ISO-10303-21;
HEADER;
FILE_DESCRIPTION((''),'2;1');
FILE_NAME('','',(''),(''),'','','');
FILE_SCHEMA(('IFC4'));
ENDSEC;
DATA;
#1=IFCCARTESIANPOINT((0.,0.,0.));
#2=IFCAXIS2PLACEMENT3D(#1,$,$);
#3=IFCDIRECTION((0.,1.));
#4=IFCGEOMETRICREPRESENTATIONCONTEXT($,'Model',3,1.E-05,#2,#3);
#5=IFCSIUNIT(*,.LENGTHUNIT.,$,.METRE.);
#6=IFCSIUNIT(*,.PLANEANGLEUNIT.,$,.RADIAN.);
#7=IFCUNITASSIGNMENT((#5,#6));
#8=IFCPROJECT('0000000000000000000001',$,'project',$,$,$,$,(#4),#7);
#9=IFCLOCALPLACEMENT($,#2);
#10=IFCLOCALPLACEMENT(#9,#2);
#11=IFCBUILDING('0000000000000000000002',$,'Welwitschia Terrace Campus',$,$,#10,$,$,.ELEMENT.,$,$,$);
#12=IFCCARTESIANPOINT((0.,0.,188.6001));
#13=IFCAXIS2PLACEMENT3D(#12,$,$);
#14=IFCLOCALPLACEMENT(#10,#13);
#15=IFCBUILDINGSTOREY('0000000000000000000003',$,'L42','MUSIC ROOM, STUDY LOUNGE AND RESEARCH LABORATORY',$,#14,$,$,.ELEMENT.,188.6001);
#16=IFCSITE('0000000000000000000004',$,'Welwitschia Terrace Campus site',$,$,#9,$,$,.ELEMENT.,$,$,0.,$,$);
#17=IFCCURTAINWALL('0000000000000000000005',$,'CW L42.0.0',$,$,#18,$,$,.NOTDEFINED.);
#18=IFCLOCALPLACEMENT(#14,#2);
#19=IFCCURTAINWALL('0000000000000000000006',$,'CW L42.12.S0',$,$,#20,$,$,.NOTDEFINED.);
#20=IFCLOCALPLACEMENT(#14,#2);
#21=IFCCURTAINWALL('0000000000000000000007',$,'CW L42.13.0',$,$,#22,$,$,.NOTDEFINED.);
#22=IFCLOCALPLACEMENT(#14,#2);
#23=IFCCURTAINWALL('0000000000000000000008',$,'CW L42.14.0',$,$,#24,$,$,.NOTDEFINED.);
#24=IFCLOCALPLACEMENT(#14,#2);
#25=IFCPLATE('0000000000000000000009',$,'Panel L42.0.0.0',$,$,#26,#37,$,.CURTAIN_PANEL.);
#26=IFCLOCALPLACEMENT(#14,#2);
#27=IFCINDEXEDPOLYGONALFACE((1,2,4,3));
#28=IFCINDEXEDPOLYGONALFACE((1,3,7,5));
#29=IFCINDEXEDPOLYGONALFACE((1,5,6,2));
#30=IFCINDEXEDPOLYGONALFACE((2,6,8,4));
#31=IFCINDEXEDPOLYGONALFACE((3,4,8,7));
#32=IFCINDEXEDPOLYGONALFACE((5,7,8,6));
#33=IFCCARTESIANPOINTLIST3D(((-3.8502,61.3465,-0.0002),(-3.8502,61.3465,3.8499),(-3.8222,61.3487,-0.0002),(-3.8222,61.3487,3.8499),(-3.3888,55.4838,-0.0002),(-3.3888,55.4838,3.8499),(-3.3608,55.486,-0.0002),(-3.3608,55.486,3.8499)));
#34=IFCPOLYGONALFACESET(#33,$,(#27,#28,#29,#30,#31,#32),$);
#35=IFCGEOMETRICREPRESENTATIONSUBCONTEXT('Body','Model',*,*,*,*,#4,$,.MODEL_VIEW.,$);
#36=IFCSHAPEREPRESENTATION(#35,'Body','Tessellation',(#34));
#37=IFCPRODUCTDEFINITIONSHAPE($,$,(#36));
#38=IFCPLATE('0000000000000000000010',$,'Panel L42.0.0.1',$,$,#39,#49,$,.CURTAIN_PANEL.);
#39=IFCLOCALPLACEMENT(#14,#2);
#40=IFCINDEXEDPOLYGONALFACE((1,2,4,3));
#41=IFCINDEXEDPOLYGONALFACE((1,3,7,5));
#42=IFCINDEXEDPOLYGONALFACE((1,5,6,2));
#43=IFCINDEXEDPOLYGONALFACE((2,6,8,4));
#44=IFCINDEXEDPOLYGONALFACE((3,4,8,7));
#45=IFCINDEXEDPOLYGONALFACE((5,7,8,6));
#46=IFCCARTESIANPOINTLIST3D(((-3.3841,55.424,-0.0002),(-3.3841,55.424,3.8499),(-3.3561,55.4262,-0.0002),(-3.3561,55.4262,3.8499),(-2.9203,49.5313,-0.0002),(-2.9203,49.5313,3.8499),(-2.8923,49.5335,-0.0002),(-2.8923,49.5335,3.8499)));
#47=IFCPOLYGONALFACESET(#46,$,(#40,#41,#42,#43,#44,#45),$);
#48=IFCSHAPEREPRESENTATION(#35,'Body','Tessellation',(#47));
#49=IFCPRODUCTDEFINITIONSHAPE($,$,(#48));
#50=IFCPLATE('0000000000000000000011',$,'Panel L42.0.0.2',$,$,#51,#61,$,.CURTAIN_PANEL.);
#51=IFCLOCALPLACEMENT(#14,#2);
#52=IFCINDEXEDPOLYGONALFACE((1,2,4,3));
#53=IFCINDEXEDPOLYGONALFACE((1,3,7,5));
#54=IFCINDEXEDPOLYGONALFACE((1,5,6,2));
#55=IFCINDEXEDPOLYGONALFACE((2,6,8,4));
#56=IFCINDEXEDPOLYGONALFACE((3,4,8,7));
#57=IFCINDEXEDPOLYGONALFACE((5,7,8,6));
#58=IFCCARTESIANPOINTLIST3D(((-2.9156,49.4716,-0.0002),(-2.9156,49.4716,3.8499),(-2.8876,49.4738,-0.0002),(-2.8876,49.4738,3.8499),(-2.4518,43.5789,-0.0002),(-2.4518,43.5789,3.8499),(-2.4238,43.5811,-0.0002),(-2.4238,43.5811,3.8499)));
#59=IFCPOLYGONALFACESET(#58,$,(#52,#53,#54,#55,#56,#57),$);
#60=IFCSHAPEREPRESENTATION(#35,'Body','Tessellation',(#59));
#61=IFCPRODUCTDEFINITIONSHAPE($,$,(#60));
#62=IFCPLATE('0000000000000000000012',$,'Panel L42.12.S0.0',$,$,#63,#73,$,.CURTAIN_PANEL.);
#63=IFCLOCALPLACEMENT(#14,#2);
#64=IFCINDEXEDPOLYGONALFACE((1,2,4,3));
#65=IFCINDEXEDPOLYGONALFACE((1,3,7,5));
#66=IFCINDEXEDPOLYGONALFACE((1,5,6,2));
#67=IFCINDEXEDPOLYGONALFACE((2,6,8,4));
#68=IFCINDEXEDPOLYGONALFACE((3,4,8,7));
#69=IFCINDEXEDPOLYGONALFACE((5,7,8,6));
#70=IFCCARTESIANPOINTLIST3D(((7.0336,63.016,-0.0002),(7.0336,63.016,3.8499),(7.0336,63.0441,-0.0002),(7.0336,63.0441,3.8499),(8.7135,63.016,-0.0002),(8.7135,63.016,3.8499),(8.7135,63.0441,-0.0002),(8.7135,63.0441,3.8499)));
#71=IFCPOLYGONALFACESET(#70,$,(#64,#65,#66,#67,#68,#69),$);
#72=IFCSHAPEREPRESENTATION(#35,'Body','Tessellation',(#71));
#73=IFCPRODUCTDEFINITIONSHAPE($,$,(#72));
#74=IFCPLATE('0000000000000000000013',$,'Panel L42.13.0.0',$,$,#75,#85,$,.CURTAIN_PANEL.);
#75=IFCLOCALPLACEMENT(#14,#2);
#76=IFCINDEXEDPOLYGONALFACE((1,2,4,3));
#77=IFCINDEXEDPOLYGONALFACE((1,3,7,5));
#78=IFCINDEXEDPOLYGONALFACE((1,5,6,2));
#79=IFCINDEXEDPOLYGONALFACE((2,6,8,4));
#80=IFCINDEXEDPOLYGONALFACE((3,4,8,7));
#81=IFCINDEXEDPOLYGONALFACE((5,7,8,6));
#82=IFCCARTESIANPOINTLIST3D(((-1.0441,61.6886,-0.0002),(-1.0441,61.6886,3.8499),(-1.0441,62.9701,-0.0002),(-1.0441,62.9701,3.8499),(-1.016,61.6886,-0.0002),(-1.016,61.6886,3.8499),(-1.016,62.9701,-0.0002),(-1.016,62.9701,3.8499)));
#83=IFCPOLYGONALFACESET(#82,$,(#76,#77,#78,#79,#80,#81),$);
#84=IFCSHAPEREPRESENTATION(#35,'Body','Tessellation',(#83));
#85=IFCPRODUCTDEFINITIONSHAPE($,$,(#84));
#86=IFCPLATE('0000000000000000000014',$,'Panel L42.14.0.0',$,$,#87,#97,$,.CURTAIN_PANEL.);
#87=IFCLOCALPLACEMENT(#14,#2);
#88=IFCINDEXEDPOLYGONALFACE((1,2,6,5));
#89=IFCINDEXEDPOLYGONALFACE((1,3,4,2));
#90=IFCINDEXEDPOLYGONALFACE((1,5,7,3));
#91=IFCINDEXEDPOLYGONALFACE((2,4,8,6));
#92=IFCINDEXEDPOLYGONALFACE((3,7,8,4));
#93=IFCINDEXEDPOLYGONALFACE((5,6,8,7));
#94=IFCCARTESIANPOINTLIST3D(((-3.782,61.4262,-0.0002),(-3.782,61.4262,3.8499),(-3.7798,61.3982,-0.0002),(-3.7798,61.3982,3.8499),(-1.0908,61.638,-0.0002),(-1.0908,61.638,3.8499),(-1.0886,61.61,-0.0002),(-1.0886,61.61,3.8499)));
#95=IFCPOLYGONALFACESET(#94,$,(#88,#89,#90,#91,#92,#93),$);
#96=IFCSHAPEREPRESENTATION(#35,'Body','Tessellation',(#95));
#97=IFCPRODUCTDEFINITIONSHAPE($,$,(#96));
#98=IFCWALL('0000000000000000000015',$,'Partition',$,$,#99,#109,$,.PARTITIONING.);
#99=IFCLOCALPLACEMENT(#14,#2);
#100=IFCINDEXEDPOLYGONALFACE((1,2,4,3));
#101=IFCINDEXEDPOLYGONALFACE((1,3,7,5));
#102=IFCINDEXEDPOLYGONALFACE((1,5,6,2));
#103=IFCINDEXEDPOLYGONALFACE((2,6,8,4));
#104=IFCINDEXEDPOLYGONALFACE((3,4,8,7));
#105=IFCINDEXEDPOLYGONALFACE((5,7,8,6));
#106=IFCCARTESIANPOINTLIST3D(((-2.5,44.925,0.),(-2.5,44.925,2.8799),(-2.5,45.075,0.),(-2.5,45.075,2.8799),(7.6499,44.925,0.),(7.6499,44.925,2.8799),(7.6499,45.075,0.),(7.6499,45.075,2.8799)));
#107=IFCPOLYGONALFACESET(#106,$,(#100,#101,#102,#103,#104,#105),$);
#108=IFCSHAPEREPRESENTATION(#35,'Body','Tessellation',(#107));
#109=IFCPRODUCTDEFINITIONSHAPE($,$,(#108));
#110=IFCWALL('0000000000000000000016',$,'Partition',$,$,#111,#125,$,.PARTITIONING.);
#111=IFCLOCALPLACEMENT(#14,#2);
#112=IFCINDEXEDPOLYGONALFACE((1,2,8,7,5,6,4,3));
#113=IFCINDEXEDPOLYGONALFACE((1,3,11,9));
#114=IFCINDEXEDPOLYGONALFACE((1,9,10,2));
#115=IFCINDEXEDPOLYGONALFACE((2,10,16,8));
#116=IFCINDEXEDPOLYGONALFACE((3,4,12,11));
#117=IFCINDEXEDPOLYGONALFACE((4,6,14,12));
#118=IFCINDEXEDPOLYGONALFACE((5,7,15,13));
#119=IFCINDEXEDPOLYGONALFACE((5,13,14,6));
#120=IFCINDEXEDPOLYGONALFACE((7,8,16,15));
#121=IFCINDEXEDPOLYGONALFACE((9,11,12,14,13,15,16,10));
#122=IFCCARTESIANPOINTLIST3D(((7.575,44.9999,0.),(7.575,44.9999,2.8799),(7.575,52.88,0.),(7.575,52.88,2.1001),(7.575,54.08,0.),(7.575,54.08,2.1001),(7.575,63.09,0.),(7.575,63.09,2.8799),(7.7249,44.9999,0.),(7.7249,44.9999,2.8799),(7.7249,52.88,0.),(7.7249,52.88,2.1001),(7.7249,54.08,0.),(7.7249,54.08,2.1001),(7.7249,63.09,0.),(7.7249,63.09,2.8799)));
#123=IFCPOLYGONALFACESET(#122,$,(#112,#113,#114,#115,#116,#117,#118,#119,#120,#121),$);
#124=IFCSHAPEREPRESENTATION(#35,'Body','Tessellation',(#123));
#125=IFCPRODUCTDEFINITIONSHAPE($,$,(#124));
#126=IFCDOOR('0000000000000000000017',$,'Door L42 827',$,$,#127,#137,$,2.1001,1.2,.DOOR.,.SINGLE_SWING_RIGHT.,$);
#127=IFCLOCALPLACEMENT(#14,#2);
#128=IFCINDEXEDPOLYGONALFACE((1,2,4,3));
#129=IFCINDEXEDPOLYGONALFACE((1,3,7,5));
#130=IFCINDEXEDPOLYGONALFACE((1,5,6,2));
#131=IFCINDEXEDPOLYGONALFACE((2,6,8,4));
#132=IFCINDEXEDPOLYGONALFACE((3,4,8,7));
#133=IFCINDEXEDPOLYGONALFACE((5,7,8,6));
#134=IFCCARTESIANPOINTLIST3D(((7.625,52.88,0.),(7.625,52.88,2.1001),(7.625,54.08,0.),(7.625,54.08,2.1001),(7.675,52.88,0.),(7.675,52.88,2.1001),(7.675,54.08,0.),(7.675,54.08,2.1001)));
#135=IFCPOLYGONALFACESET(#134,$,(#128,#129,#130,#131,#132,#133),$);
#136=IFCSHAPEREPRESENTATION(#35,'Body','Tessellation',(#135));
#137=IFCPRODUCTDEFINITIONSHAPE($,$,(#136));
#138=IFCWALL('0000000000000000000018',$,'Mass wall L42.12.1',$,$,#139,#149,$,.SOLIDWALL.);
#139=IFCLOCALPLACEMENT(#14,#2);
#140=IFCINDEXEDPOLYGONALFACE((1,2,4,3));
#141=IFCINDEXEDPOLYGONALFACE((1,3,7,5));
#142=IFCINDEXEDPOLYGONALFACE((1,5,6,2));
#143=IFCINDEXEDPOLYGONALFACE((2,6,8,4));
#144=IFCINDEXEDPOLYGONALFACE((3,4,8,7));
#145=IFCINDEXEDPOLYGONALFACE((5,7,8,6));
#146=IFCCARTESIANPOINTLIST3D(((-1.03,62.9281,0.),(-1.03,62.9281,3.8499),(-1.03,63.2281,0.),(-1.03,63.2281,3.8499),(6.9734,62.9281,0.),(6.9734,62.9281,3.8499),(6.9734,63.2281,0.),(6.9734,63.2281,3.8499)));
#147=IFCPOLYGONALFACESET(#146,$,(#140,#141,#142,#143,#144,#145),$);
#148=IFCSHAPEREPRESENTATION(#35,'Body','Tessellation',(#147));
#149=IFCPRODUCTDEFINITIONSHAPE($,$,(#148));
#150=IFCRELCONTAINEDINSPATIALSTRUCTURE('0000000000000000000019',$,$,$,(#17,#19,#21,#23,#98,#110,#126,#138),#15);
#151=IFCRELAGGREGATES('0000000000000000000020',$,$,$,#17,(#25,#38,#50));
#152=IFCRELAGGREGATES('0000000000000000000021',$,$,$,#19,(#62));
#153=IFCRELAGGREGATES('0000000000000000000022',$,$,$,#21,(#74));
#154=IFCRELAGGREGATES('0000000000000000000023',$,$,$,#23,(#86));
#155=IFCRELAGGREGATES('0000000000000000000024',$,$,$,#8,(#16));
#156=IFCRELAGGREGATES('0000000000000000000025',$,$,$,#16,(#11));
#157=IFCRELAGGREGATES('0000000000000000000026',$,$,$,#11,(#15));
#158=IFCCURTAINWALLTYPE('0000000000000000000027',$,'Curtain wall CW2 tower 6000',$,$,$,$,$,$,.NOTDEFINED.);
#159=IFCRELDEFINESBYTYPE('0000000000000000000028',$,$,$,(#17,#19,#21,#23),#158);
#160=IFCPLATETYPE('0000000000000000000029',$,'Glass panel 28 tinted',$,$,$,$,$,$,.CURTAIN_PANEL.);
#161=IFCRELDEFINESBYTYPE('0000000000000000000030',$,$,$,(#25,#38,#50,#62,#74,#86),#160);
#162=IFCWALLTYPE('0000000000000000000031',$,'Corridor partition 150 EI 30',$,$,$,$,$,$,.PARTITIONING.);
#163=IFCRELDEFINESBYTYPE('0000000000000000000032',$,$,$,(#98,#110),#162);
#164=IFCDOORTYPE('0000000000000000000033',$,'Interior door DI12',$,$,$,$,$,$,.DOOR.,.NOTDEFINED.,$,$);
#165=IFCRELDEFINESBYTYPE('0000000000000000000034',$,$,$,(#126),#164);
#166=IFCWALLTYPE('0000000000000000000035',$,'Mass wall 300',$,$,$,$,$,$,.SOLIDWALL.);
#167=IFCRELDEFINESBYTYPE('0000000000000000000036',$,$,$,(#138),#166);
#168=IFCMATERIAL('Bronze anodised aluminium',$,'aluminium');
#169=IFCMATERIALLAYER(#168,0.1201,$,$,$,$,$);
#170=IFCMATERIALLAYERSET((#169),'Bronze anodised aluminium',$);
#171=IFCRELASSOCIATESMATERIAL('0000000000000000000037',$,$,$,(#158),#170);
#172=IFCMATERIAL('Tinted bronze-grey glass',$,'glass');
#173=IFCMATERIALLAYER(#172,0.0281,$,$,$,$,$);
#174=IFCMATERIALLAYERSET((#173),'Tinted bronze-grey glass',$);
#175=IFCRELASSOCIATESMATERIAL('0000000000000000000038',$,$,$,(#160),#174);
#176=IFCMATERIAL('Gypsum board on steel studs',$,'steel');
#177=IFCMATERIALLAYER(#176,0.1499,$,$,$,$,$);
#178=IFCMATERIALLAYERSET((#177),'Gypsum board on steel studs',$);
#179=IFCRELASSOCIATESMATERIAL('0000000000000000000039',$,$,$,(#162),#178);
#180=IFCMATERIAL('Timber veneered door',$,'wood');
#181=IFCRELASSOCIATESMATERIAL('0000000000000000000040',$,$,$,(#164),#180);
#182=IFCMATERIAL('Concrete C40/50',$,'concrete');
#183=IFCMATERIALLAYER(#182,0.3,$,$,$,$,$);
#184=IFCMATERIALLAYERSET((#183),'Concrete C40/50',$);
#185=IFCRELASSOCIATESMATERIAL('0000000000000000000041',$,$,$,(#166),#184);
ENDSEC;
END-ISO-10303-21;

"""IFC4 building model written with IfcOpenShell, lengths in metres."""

from ifc_helpers import new_model, si_unit, direction, frame, frame_2d, origin, origin_2d, place, context, subcontext, project, spatial, rectangle, extrude, material, layer, layer_set, type_object, element, fill, aggregate, save


model = new_model("IFC4")

# Units and contexts
model_context = context("Model", 3, precision=1e-05, world=origin(), true_north=direction((0.0, 1.0)))
body_context = subcontext(model_context, "Body", "Model", "MODEL_VIEW")
ifc_project = project(units=[si_unit("LENGTHUNIT", "METRE"), si_unit("PLANEANGLEUNIT", "RADIAN")], contexts=[model_context])

# Site, building, storey
site_placement = place(None, origin())
site = spatial("IfcSite", under=ifc_project, at=site_placement, Name="Welwitschia Terrace Campus site", CompositionType="ELEMENT", RefElevation=0.0)
building_placement = place(site_placement, origin())
building = spatial("IfcBuilding", under=site, at=building_placement, Name="Welwitschia Terrace Campus", CompositionType="ELEMENT")
storey_placement = place(building_placement, frame((0.0, 0.0, 188.6001)))
storey = spatial("IfcBuildingStorey", under=building, at=storey_placement, Name="L42", Description="MUSIC ROOM, STUDY LOUNGE AND RESEARCH LABORATORY", CompositionType="ELEMENT", Elevation=188.6001)

# Curtain walls
ifc_material_1 = material(Name="Bronze anodised aluminium", Category="aluminium")
ifc_layer_1 = layer(ifc_material_1, 0.1201)
ifc_layer_set_1 = layer_set([ifc_layer_1], Name="Bronze anodised aluminium")
curtain_wall_type = type_object("IfcCurtainWallType", Name="Curtain wall CW2 tower 6000", PredefinedType="NOTDEFINED", material=ifc_layer_set_1)
curtain_wall_1_placement = place(storey_placement, origin())
curtain_wall_1 = element("IfcCurtainWall", 1, at=curtain_wall_1_placement, inside=storey, type_object=curtain_wall_type, Name="CW L42.0.0", PredefinedType="NOTDEFINED")
curtain_wall_2_placement = place(storey_placement, origin())
curtain_wall_2 = element("IfcCurtainWall", 2, at=curtain_wall_2_placement, inside=storey, type_object=curtain_wall_type, Name="CW L42.12.S0", PredefinedType="NOTDEFINED")
curtain_wall_3_placement = place(storey_placement, origin())
curtain_wall_3 = element("IfcCurtainWall", 3, at=curtain_wall_3_placement, inside=storey, type_object=curtain_wall_type, Name="CW L42.13.0", PredefinedType="NOTDEFINED")
curtain_wall_4_placement = place(storey_placement, origin())
curtain_wall_4 = element("IfcCurtainWall", 4, at=curtain_wall_4_placement, inside=storey, type_object=curtain_wall_type, Name="CW L42.14.0", PredefinedType="NOTDEFINED")

# Plates
ifc_material_2 = material(Name="Tinted bronze-grey glass", Category="glass")
ifc_layer_2 = layer(ifc_material_2, 0.0281)
ifc_layer_set_2 = layer_set([ifc_layer_2], Name="Tinted bronze-grey glass")
plate_type = type_object("IfcPlateType", Name="Glass panel 28 tinted", PredefinedType="CURTAIN_PANEL", material=ifc_layer_set_2)
plate_1_placement = place(storey_placement, frame((-3.6055, 58.4163, -0.0002), z_axis=(0.0, 0.0, 1.0), x_axis=(0.078459, -0.996917, 0.0)))
plate_1 = element("IfcPlate", 5, at=plate_1_placement, type_object=plate_type, Name="Panel L42.0.0.0", PredefinedType="CURTAIN_PANEL", context=body_context, shape_type="SweptSolid", body=[
    extrude(rectangle(XDim=5.8809, YDim=0.0281, at=origin_2d()), origin(), (0.0, 0.0, 1.0), 3.8501),
])
plate_2_placement = place(storey_placement, frame((-3.1382, 52.4788, -0.0002), z_axis=(0.0, 0.0, 1.0), x_axis=(0.078459, -0.996917, 0.0)))
plate_2 = element("IfcPlate", 6, at=plate_2_placement, type_object=plate_type, Name="Panel L42.0.0.1", PredefinedType="CURTAIN_PANEL", context=body_context, shape_type="SweptSolid", body=[
    extrude(rectangle(XDim=5.9109, YDim=0.0281, at=origin_2d()), origin(), (0.0, 0.0, 1.0), 3.8501),
])
plate_3_placement = place(storey_placement, frame((-2.6697, 46.5264, -0.0002), z_axis=(0.0, 0.0, 1.0), x_axis=(0.078459, -0.996917, 0.0)))
plate_3 = element("IfcPlate", 7, at=plate_3_placement, type_object=plate_type, Name="Panel L42.0.0.2", PredefinedType="CURTAIN_PANEL", context=body_context, shape_type="SweptSolid", body=[
    extrude(rectangle(XDim=5.9109, YDim=0.0281, at=origin_2d()), origin(), (0.0, 0.0, 1.0), 3.8501),
])
aggregate(curtain_wall_1, [plate_1, plate_2, plate_3])
plate_4_placement = place(storey_placement, frame((7.8735, 63.03, -0.0002), z_axis=(0.0, 0.0, 1.0), x_axis=(-1.0, 0.0, 0.0)))
plate_4 = element("IfcPlate", 8, at=plate_4_placement, type_object=plate_type, Name="Panel L42.12.S0.0", PredefinedType="CURTAIN_PANEL", context=body_context, shape_type="SweptSolid", body=[
    extrude(rectangle(XDim=1.6799, YDim=0.0281, at=origin_2d()), origin(), (0.0, 0.0, 1.0), 3.8501),
])
aggregate(curtain_wall_2, [plate_4])
plate_5_placement = place(storey_placement, frame((-1.03, 62.3293, -0.0002), z_axis=(0.0, 0.0, 1.0), x_axis=(0.0, -1.0, 0.0)))
plate_5 = element("IfcPlate", 9, at=plate_5_placement, type_object=plate_type, Name="Panel L42.13.0.0", PredefinedType="CURTAIN_PANEL", context=body_context, shape_type="SweptSolid", body=[
    extrude(rectangle(XDim=1.2815, YDim=0.0281, at=origin_2d()), origin(), (0.0, 0.0, 1.0), 3.8501),
])
aggregate(curtain_wall_3, [plate_5])
plate_6_placement = place(storey_placement, frame((-2.4353, 61.5181, -0.0002), z_axis=(0.0, 0.0, 1.0), x_axis=(-0.996917, -0.078459, 0.0)))
plate_6 = element("IfcPlate", 10, at=plate_6_placement, type_object=plate_type, Name="Panel L42.14.0.0", PredefinedType="CURTAIN_PANEL", context=body_context, shape_type="SweptSolid", body=[
    extrude(rectangle(XDim=2.6995, YDim=0.0281, at=origin_2d()), origin(), (0.0, 0.0, 1.0), 3.8501),
])
aggregate(curtain_wall_4, [plate_6])

# Wall
ifc_material_3 = material(Name="Gypsum board on steel studs", Category="steel")
ifc_layer_3 = layer(ifc_material_3, 0.1499)
ifc_layer_set_3 = layer_set([ifc_layer_3], Name="Gypsum board on steel studs")
wall_type_1 = type_object("IfcWallType", Name="Corridor partition 150 EI 30", PredefinedType="PARTITIONING", material=ifc_layer_set_3)
wall_1_placement = place(storey_placement, frame((-2.5, 45.0, 0.0), z_axis=(0.0, 0.0, 1.0), x_axis=(1.0, 0.0, 0.0)))
element("IfcWall", 11, at=wall_1_placement, inside=storey, type_object=wall_type_1, Name="Partition", PredefinedType="PARTITIONING", context=body_context, shape_type="SweptSolid", body=[
    extrude(rectangle(XDim=10.1499, YDim=0.1499, at=frame_2d((5.075, 0.0))), origin(), (0.0, 0.0, 1.0), 2.8799),
])

# Wall, opening, door
wall_2_placement = place(storey_placement, frame((7.6499, 45.0, 0.0), z_axis=(0.0, 0.0, 1.0), x_axis=(0.0, 1.0, 0.0)))
wall_2 = element("IfcWall", 12, at=wall_2_placement, inside=storey, type_object=wall_type_1, Name="Partition", PredefinedType="PARTITIONING", context=body_context, shape_type="SweptSolid", body=[
    extrude(rectangle(XDim=18.0901, YDim=0.1499, at=frame_2d((9.0449, 0.0))), origin(), (0.0, 0.0, 1.0), 2.8799),
])
opening_placement = place(wall_2_placement, frame((7.8799, 0.0, 0.0)))
opening = element("IfcOpeningElement", 13, at=opening_placement, cuts=wall_2, PredefinedType="OPENING", context=body_context, shape_type="SweptSolid", body=[
    extrude(rectangle(XDim=1.2, YDim=2.1001, at=frame_2d((0.6001, 1.05))), frame((0.0, 0.085, 0.0), z_axis=(0.0, -1.0, 0.0), x_axis=(1.0, 0.0, 0.0)), (0.0, 0.0, 1.0), 0.1699),
])
ifc_material_4 = material(Name="Timber veneered door", Category="wood")
door_type = type_object("IfcDoorType", Name="Interior door DI12", OperationType="NOTDEFINED", PredefinedType="DOOR", material=ifc_material_4)
door_placement = place(opening_placement, origin())
door = element("IfcDoor", 14, at=door_placement, inside=storey, type_object=door_type, Name="Door L42 827", OperationType="SINGLE_SWING_RIGHT", OverallHeight=2.1001, OverallWidth=1.2, PredefinedType="DOOR", context=body_context, shape_type="SweptSolid", body=[
    extrude(rectangle(XDim=1.2, YDim=2.1001, at=frame_2d((0.6001, 1.05))), frame((0.0, 0.0249, 0.0), z_axis=(0.0, -1.0, 0.0), x_axis=(1.0, 0.0, 0.0)), (0.0, 0.0, 1.0), 0.05),
])
fill(opening, door)

# Wall
ifc_material_5 = material(Name="Concrete C40/50", Category="concrete")
ifc_layer_4 = layer(ifc_material_5, 0.3)
ifc_layer_set_4 = layer_set([ifc_layer_4], Name="Concrete C40/50")
wall_type_2 = type_object("IfcWallType", Name="Mass wall 300", PredefinedType="SOLIDWALL", material=ifc_layer_set_4)
wall_3_placement = place(storey_placement, frame((6.9734, 63.0781, 0.0), z_axis=(0.0, 0.0, 1.0), x_axis=(-1.0, 0.0, 0.0)))
element("IfcWall", 15, at=wall_3_placement, inside=storey, type_object=wall_type_2, Name="Mass wall L42.12.1", PredefinedType="SOLIDWALL", context=body_context, shape_type="SweptSolid", body=[
    extrude(rectangle(XDim=8.0034, YDim=0.3, at=frame_2d((4.0017, 0.0))), origin(), (0.0, 0.0, 1.0), 3.8499),
])

save(model, "model.ifc")
